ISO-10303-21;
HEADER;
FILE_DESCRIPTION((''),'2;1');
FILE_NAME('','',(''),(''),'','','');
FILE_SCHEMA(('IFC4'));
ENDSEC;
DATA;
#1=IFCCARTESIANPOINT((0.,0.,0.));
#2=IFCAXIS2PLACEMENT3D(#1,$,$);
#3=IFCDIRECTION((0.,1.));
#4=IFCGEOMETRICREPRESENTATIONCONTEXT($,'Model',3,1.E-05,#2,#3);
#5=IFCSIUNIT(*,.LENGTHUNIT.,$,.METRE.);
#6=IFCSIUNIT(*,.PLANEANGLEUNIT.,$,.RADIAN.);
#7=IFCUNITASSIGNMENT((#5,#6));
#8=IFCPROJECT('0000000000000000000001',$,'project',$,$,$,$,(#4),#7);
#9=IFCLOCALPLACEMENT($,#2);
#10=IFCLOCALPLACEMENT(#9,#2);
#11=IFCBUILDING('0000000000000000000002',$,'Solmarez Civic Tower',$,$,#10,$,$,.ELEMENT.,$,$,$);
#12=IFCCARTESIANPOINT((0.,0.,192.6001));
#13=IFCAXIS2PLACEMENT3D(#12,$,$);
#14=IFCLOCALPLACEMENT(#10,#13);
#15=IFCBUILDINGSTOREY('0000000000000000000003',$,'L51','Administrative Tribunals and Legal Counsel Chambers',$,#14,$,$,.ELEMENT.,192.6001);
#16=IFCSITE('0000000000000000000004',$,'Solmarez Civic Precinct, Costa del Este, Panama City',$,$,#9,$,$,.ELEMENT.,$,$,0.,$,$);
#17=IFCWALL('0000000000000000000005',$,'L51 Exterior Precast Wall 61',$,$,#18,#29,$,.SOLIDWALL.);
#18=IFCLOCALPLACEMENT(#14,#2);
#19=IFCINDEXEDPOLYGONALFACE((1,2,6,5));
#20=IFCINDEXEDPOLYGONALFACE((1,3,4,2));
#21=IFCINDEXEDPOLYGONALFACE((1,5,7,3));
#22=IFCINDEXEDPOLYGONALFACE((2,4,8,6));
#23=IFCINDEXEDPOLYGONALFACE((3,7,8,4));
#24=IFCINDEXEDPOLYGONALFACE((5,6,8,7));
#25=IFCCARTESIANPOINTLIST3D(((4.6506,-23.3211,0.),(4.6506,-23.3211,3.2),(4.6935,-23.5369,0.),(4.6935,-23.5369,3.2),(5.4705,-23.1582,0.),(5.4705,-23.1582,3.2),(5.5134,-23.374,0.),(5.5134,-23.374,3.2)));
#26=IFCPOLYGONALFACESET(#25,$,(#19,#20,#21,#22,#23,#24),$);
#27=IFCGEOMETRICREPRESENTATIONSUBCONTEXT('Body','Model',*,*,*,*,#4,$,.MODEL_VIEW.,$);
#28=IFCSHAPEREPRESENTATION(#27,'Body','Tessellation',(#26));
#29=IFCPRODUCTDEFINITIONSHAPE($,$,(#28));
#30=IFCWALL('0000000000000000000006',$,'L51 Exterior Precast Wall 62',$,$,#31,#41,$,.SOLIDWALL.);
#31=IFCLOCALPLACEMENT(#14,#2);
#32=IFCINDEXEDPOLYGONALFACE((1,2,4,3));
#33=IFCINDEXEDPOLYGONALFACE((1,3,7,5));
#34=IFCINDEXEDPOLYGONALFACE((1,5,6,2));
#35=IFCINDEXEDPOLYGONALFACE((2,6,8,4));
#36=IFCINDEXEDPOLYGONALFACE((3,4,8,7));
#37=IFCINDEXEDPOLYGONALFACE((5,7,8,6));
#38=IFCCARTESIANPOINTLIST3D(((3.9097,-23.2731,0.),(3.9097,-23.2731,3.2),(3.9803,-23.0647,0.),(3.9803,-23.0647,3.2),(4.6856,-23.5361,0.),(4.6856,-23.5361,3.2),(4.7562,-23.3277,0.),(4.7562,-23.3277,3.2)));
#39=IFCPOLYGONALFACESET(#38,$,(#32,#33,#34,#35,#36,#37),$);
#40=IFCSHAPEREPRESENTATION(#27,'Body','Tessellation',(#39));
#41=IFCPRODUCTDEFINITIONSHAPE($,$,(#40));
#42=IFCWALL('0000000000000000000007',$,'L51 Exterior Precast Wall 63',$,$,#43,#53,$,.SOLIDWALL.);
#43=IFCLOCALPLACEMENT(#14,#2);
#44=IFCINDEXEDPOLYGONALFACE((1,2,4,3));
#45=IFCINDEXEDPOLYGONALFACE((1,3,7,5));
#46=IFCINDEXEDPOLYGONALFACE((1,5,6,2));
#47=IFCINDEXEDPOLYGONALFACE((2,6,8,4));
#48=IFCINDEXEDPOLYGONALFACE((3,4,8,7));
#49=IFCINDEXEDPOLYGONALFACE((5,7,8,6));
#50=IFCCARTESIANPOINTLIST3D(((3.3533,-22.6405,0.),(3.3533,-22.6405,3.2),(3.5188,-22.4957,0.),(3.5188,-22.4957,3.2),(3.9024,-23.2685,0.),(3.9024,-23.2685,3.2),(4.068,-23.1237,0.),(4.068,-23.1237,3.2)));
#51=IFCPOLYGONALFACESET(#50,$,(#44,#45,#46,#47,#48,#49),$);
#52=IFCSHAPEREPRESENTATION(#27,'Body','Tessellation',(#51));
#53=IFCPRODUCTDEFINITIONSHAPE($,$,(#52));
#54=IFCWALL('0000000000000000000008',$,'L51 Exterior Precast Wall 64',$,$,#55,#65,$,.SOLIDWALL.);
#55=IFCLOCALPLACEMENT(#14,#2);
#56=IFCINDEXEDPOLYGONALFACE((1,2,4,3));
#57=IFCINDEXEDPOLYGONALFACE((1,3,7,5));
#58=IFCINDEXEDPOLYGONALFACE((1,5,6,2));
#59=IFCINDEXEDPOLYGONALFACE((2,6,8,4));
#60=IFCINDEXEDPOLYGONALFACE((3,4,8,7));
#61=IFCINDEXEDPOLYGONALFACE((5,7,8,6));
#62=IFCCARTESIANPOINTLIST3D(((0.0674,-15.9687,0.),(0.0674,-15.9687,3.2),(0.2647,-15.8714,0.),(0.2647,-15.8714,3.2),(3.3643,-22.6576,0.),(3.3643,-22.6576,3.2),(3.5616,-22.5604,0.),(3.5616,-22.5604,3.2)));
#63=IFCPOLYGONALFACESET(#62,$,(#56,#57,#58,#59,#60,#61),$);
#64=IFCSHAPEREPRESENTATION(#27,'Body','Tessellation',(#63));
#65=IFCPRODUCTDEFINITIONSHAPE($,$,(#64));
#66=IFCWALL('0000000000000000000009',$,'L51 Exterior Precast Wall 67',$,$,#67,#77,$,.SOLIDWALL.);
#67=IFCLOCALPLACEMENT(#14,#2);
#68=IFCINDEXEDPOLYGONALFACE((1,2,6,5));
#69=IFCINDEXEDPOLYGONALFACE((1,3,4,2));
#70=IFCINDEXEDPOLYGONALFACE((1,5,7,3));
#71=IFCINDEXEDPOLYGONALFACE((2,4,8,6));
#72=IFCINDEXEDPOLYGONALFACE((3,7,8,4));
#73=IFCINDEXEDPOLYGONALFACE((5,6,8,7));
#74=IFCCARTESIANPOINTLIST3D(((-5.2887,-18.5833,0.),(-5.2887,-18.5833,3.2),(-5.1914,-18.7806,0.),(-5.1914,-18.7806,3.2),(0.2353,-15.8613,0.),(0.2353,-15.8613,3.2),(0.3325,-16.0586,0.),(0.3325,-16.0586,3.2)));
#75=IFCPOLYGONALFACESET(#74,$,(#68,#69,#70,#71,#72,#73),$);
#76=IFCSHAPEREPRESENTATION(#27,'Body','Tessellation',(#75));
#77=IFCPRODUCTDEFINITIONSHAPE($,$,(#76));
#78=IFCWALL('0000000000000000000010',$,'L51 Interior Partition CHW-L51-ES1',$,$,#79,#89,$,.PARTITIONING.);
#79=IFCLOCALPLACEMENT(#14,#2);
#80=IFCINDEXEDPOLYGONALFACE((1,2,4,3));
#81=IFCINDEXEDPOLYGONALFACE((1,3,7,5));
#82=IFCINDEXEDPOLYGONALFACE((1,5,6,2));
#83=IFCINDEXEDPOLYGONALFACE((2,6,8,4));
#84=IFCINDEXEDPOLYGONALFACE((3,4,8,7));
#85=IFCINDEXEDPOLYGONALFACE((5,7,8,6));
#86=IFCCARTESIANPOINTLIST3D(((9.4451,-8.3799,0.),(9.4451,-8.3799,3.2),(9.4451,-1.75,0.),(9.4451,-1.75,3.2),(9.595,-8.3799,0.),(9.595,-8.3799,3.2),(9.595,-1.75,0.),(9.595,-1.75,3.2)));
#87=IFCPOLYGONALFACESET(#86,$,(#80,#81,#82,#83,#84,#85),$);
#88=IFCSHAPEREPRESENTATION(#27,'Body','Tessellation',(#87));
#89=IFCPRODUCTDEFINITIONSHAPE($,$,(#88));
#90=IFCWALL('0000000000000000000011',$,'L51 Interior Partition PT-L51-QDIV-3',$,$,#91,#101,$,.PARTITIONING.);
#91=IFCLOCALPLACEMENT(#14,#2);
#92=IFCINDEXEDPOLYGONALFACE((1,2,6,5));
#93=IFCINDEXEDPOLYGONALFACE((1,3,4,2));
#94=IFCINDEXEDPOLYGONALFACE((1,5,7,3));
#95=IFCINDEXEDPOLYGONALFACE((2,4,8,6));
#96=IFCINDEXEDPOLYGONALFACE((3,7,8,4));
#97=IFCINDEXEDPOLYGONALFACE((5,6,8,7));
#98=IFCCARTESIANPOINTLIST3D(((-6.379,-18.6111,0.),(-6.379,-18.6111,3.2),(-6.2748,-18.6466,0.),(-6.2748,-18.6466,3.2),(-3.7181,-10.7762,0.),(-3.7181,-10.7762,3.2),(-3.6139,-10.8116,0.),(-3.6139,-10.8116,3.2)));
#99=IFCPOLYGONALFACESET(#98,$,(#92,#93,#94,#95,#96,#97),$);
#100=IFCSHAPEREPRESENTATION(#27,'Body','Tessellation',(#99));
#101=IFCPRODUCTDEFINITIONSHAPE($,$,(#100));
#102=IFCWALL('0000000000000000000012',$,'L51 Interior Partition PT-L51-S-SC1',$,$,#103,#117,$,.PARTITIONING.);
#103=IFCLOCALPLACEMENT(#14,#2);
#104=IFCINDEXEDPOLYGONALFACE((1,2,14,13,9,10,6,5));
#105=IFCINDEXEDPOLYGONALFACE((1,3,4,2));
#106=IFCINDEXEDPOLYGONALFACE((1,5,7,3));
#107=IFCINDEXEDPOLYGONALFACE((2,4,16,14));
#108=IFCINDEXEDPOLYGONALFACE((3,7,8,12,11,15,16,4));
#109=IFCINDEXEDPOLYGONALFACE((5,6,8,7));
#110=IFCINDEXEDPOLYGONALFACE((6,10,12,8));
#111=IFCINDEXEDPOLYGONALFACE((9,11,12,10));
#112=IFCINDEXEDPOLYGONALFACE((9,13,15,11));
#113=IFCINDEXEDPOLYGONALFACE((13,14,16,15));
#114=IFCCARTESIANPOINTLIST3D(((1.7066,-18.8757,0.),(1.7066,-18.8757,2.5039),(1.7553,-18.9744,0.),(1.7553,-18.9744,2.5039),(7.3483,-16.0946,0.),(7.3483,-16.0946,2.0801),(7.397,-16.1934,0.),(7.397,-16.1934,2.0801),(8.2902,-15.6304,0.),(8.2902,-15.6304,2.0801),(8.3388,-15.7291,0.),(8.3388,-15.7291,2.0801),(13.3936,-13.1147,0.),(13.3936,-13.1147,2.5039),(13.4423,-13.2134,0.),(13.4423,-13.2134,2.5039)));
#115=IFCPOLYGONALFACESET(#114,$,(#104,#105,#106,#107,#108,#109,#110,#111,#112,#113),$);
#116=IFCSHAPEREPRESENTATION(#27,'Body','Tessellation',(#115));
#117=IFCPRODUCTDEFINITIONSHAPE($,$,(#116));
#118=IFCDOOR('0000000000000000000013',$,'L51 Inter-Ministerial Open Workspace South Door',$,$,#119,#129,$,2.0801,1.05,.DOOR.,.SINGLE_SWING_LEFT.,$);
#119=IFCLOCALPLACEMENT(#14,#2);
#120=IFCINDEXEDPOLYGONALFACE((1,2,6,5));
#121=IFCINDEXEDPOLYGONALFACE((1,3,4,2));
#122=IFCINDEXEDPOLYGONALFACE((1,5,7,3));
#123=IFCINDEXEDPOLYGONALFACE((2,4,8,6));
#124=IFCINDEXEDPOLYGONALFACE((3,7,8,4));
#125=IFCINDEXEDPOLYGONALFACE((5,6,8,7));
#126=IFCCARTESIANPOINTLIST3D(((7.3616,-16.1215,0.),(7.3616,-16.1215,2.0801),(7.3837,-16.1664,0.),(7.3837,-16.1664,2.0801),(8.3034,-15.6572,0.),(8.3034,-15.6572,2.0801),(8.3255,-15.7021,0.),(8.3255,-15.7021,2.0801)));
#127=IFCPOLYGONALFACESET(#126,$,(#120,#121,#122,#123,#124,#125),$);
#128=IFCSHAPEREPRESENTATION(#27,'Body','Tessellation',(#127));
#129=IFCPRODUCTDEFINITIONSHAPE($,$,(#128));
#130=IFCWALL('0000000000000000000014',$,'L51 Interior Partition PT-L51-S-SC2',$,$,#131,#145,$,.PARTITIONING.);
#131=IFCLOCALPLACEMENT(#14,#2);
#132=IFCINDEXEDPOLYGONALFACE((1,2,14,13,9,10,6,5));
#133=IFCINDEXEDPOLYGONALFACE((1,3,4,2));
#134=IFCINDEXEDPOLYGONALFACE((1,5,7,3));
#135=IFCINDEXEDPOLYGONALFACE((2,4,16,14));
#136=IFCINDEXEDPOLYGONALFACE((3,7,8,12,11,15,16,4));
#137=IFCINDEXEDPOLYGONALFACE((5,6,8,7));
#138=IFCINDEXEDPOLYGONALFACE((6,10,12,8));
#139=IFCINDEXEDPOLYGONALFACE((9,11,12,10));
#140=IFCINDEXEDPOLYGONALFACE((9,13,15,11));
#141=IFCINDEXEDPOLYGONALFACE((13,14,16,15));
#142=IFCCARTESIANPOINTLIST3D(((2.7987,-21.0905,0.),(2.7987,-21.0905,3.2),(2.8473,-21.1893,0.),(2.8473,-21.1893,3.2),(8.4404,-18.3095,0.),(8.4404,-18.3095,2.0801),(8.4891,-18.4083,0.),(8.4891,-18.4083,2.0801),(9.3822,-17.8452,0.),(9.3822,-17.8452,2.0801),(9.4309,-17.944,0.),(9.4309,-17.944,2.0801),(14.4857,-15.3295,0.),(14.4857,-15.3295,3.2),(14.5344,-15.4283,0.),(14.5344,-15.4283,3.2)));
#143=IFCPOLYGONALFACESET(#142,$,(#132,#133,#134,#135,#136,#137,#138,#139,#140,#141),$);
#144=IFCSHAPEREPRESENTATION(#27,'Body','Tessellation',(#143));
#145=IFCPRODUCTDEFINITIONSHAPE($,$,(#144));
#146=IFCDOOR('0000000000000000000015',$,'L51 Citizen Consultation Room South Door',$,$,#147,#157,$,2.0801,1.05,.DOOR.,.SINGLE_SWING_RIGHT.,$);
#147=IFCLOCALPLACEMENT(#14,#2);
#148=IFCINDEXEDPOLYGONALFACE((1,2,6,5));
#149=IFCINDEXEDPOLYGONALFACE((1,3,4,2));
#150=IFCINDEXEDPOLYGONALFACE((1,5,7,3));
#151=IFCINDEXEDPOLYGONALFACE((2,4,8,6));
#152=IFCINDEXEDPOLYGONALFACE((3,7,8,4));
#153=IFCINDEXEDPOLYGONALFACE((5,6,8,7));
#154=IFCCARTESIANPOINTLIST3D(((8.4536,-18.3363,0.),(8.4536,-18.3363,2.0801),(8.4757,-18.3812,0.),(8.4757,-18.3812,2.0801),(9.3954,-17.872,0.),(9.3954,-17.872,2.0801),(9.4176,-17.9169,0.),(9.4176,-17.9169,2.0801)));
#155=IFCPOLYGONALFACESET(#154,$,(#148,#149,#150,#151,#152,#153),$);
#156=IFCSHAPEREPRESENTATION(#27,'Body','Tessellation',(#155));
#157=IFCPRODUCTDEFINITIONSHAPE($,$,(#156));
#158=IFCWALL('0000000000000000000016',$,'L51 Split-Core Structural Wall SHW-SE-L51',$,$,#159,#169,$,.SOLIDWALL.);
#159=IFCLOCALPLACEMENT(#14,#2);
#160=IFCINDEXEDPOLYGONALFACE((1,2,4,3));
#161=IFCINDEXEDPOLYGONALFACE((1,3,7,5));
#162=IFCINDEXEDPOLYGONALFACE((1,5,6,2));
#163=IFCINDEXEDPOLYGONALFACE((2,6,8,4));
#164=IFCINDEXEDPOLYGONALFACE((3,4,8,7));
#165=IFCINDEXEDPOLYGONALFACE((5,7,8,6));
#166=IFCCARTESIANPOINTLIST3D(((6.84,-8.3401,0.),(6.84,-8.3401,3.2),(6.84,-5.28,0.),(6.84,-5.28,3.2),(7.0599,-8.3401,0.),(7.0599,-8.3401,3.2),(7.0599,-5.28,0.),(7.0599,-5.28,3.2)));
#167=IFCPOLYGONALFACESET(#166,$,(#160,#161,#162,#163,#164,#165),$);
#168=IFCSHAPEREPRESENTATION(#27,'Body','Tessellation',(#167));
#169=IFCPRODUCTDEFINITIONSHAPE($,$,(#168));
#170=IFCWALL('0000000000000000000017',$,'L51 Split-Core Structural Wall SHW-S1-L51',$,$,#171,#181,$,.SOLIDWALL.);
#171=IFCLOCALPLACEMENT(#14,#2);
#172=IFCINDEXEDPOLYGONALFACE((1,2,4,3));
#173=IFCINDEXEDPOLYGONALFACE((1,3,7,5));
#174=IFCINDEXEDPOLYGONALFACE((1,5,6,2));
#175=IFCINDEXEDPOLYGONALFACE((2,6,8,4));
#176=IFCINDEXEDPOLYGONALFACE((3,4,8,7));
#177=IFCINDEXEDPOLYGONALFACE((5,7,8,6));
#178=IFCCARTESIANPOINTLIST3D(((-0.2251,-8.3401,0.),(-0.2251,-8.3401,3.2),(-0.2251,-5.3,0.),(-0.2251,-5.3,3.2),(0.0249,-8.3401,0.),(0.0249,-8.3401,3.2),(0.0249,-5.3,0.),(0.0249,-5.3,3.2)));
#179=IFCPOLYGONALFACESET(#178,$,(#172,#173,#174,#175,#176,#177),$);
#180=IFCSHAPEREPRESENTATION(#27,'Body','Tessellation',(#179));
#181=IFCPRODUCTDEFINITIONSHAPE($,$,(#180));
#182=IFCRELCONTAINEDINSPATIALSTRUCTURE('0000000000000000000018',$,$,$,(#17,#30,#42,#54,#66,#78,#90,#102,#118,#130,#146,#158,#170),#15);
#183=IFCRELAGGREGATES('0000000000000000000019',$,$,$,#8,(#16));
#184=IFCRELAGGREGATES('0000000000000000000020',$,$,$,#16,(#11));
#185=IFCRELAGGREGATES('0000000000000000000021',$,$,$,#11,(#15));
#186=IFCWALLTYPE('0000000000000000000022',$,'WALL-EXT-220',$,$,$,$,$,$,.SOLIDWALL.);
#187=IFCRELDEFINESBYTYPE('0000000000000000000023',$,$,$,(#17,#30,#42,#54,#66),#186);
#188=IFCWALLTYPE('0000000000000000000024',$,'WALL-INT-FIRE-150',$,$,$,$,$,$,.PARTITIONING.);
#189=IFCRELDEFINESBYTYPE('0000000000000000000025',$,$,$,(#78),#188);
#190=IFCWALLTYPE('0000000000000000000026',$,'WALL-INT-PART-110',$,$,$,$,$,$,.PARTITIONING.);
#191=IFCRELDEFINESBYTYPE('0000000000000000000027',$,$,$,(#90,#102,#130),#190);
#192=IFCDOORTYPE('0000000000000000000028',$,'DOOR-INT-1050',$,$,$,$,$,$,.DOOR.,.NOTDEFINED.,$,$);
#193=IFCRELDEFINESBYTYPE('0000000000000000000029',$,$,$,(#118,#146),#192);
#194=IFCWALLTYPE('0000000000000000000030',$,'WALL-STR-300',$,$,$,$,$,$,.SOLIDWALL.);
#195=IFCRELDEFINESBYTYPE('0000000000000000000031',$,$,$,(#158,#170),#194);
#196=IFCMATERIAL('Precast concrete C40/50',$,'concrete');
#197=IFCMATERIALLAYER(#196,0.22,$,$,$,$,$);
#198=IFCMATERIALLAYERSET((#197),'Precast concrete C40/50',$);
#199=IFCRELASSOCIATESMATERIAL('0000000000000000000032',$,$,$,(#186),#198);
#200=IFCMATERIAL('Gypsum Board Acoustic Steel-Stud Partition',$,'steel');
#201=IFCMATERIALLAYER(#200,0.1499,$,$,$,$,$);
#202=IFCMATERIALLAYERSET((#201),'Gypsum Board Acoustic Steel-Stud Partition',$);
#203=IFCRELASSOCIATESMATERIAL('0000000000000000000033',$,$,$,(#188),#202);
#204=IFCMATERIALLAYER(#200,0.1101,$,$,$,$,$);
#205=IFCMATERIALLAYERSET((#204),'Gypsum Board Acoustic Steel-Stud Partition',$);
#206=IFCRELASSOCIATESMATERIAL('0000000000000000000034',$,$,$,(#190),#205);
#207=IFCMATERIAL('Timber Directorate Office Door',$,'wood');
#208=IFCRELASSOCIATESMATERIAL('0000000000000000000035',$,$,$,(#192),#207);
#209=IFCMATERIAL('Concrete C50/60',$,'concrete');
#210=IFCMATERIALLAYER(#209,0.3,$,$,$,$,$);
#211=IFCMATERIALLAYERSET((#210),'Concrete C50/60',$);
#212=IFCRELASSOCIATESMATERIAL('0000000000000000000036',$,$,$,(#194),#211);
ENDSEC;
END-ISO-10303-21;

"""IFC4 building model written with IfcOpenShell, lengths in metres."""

from ifc_helpers import new_model, si_unit, direction, frame, frame_2d, origin, place, context, subcontext, project, spatial, rectangle, extrude, material, layer, layer_set, type_object, element, fill, save


model = new_model("IFC4")

# Units and contexts
model_context = context("Model", 3, precision=1e-05, world=origin(), true_north=direction((0.0, 1.0)))
body_context = subcontext(model_context, "Body", "Model", "MODEL_VIEW")
ifc_project = project(units=[si_unit("LENGTHUNIT", "METRE"), si_unit("PLANEANGLEUNIT", "RADIAN")], contexts=[model_context])

# Site, building, storey
site_placement = place(None, origin())
site = spatial("IfcSite", under=ifc_project, at=site_placement, Name="Solmarez Civic Precinct, Costa del Este, Panama City", CompositionType="ELEMENT", RefElevation=0.0)
building_placement = place(site_placement, origin())
building = spatial("IfcBuilding", under=site, at=building_placement, Name="Solmarez Civic Tower", CompositionType="ELEMENT")
storey_placement = place(building_placement, frame((0.0, 0.0, 192.6001)))
storey = spatial("IfcBuildingStorey", under=building, at=storey_placement, Name="L51", Description="Administrative Tribunals and Legal Counsel Chambers", CompositionType="ELEMENT", Elevation=192.6001)

# Shared definitions
ifc_material_1 = material(Name="Concrete C50/60", Category="concrete")

# Shared definitions
ifc_material_2 = material(Name="Precast concrete C40/50", Category="concrete")
ifc_layer_1 = layer(ifc_material_2, 0.22)
ifc_layer_set_1 = layer_set([ifc_layer_1], Name="Precast concrete C40/50")
wall_type_1 = type_object("IfcWallType", Name="WALL-EXT-220", PredefinedType="SOLIDWALL", material=ifc_layer_set_1)

# Walls
wall_1_placement = place(storey_placement, frame((5.4919, -23.2661, 0.0), z_axis=(0.0, 0.0, 1.0), x_axis=(-0.980838, -0.194824, 0.0)))
element("IfcWall", 1, at=wall_1_placement, inside=storey, type_object=wall_type_1, Name="L51 Exterior Precast Wall 61", PredefinedType="SOLIDWALL", context=body_context, shape_type="SweptSolid", body=[
    extrude(rectangle(XDim=0.8359, YDim=0.22, at=frame_2d((0.418, 0.0))), origin(), (0.0, 0.0, 1.0), 3.2),
])
wall_2_placement = place(storey_placement, frame((4.7209, -23.4319, 0.0), z_axis=(0.0, 0.0, 1.0), x_axis=(-0.947092, 0.320962, 0.0)))
element("IfcWall", 2, at=wall_2_placement, inside=storey, type_object=wall_type_1, Name="L51 Exterior Precast Wall 62", PredefinedType="SOLIDWALL", context=body_context, shape_type="SweptSolid", body=[
    extrude(rectangle(XDim=0.8193, YDim=0.22, at=frame_2d((0.4097, 0.0))), origin(), (0.0, 0.0, 1.0), 3.2),
])
wall_3_placement = place(storey_placement, frame((3.9851, -23.196, 0.0), z_axis=(0.0, 0.0, 1.0), x_axis=(-0.658256, 0.752794, 0.0)))
element("IfcWall", 3, at=wall_3_placement, inside=storey, type_object=wall_type_1, Name="L51 Exterior Precast Wall 63", PredefinedType="SOLIDWALL", context=body_context, shape_type="SweptSolid", body=[
    extrude(rectangle(XDim=0.8342, YDim=0.22, at=frame_2d((0.417, 0.0))), origin(), (0.0, 0.0, 1.0), 3.2),
])
wall_4_placement = place(storey_placement, frame((3.4629, -22.6089, 0.0), z_axis=(0.0, 0.0, 1.0), x_axis=(-0.442099, 0.896966, 0.0)))
element("IfcWall", 4, at=wall_4_placement, inside=storey, type_object=wall_type_1, Name="L51 Exterior Precast Wall 64", PredefinedType="SOLIDWALL", context=body_context, shape_type="SweptSolid", body=[
    extrude(rectangle(XDim=7.4573, YDim=0.22, at=frame_2d((3.7285, 0.0))), origin(), (0.0, 0.0, 1.0), 3.2),
])
wall_5_placement = place(storey_placement, frame((0.2839, -15.96, 0.0), z_axis=(0.0, 0.0, 1.0), x_axis=(-0.897013, -0.442005, 0.0)))
element("IfcWall", 5, at=wall_5_placement, inside=storey, type_object=wall_type_1, Name="L51 Exterior Precast Wall 67", PredefinedType="SOLIDWALL", context=body_context, shape_type="SweptSolid", body=[
    extrude(rectangle(XDim=6.1582, YDim=0.22, at=frame_2d((3.0791, 0.0))), origin(), (0.0, 0.0, 1.0), 3.2),
])
ifc_material_3 = material(Name="Gypsum Board Acoustic Steel-Stud Partition", Category="steel")
ifc_layer_2 = layer(ifc_material_3, 0.1499)
ifc_layer_set_2 = layer_set([ifc_layer_2], Name="Gypsum Board Acoustic Steel-Stud Partition")
wall_type_2 = type_object("IfcWallType", Name="WALL-INT-FIRE-150", PredefinedType="PARTITIONING", material=ifc_layer_set_2)
wall_6_placement = place(storey_placement, frame((9.52, -8.3799, 0.0), z_axis=(0.0, 0.0, 1.0), x_axis=(0.0, 1.0, 0.0)))
element("IfcWall", 6, at=wall_6_placement, inside=storey, type_object=wall_type_2, Name="L51 Interior Partition CHW-L51-ES1", PredefinedType="PARTITIONING", context=body_context, shape_type="SweptSolid", body=[
    extrude(rectangle(XDim=6.6299, YDim=0.1499, at=frame_2d((3.3149, 0.0))), origin(), (0.0, 0.0, 1.0), 3.2),
])
ifc_layer_3 = layer(ifc_material_3, 0.1101)
ifc_layer_set_3 = layer_set([ifc_layer_3], Name="Gypsum Board Acoustic Steel-Stud Partition")
wall_type_3 = type_object("IfcWallType", Name="WALL-INT-PART-110", PredefinedType="PARTITIONING", material=ifc_layer_set_3)
wall_7_placement = place(storey_placement, frame((-3.666, -10.7939, 0.0), z_axis=(0.0, 0.0, 1.0), x_axis=(-0.321578, -0.946883, 0.0)))
element("IfcWall", 7, at=wall_7_placement, inside=storey, type_object=wall_type_3, Name="L51 Interior Partition PT-L51-QDIV-3", PredefinedType="PARTITIONING", context=body_context, shape_type="SweptSolid", body=[
    extrude(rectangle(XDim=8.2744, YDim=0.1101, at=frame_2d((4.1372, 0.0))), origin(), (0.0, 0.0, 1.0), 3.2),
])

# Walls, openings, doors
wall_8_placement = place(storey_placement, frame((13.418, -13.1641, 0.0), z_axis=(0.0, 0.0, 1.0), x_axis=(-0.896946, -0.44214, 0.0)))
wall_8 = element("IfcWall", 8, at=wall_8_placement, inside=storey, type_object=wall_type_3, Name="L51 Interior Partition PT-L51-S-SC1", PredefinedType="PARTITIONING", context=body_context, shape_type="SweptSolid", body=[
    extrude(rectangle(XDim=13.0298, YDim=0.1101, at=frame_2d((6.5149, 0.0))), origin(), (0.0, 0.0, 1.0), 2.5039),
])
opening_1_placement = place(wall_8_placement, frame((5.6899, 0.0, 0.0)))
opening_1 = element("IfcOpeningElement", 9, at=opening_1_placement, cuts=wall_8, PredefinedType="OPENING", context=body_context, shape_type="SweptSolid", body=[
    extrude(rectangle(XDim=1.05, YDim=2.0801, at=frame_2d((0.5249, 1.04))), frame((0.0, 0.0649, 0.0), z_axis=(0.0, -1.0, 0.0), x_axis=(1.0, 0.0, 0.0)), (0.0, 0.0, 1.0), 0.1301),
])
ifc_material_4 = material(Name="Timber Directorate Office Door", Category="wood")
door_type = type_object("IfcDoorType", Name="DOOR-INT-1050", OperationType="NOTDEFINED", PredefinedType="DOOR", material=ifc_material_4)
door_1_placement = place(opening_1_placement, origin())
door_1 = element("IfcDoor", 10, at=door_1_placement, inside=storey, type_object=door_type, Name="L51 Inter-Ministerial Open Workspace South Door", OperationType="SINGLE_SWING_LEFT", OverallHeight=2.0801, OverallWidth=1.05, PredefinedType="DOOR", context=body_context, shape_type="SweptSolid", body=[
    extrude(rectangle(XDim=1.05, YDim=2.0801, at=frame_2d((0.5249, 1.04))), frame((0.0, 0.0249, 0.0), z_axis=(0.0, -1.0, 0.0), x_axis=(1.0, 0.0, 0.0)), (0.0, 0.0, 1.0), 0.05),
])
fill(opening_1, door_1)
wall_9_placement = place(storey_placement, frame((14.51, -15.3789, 0.0), z_axis=(0.0, 0.0, 1.0), x_axis=(-0.896946, -0.44214, 0.0)))
wall_9 = element("IfcWall", 11, at=wall_9_placement, inside=storey, type_object=wall_type_3, Name="L51 Interior Partition PT-L51-S-SC2", PredefinedType="PARTITIONING", context=body_context, shape_type="SweptSolid", body=[
    extrude(rectangle(XDim=13.0298, YDim=0.1101, at=frame_2d((6.5149, 0.0))), origin(), (0.0, 0.0, 1.0), 3.2),
])
opening_2_placement = place(wall_9_placement, frame((5.6899, 0.0, 0.0)))
opening_2 = element("IfcOpeningElement", 12, at=opening_2_placement, cuts=wall_9, PredefinedType="OPENING", context=body_context, shape_type="SweptSolid", body=[
    extrude(rectangle(XDim=1.05, YDim=2.0801, at=frame_2d((0.5249, 1.04))), frame((0.0, 0.0649, 0.0), z_axis=(0.0, -1.0, 0.0), x_axis=(1.0, 0.0, 0.0)), (0.0, 0.0, 1.0), 0.1301),
])
door_2_placement = place(opening_2_placement, origin())
door_2 = element("IfcDoor", 13, at=door_2_placement, inside=storey, type_object=door_type, Name="L51 Citizen Consultation Room South Door", OperationType="SINGLE_SWING_RIGHT", OverallHeight=2.0801, OverallWidth=1.05, PredefinedType="DOOR", context=body_context, shape_type="SweptSolid", body=[
    extrude(rectangle(XDim=1.05, YDim=2.0801, at=frame_2d((0.5249, 1.04))), frame((0.0, 0.0249, 0.0), z_axis=(0.0, -1.0, 0.0), x_axis=(1.0, 0.0, 0.0)), (0.0, 0.0, 1.0), 0.05),
])
fill(opening_2, door_2)

# Walls
ifc_layer_4 = layer(ifc_material_1, 0.3)
ifc_layer_set_4 = layer_set([ifc_layer_4], Name="Concrete C50/60")
wall_type_4 = type_object("IfcWallType", Name="WALL-STR-300", PredefinedType="SOLIDWALL", material=ifc_layer_set_4)
wall_10_placement = place(storey_placement, frame((6.95, -8.3401, 0.0), z_axis=(0.0, 0.0, 1.0), x_axis=(0.0, 1.0, 0.0)))
element("IfcWall", 14, at=wall_10_placement, inside=storey, type_object=wall_type_4, Name="L51 Split-Core Structural Wall SHW-SE-L51", PredefinedType="SOLIDWALL", context=body_context, shape_type="SweptSolid", body=[
    extrude(rectangle(XDim=3.0601, YDim=0.22, at=frame_2d((1.53, 0.0))), origin(), (0.0, 0.0, 1.0), 3.2),
])
for number, where, z_axis, x_axis, name in (
    (15, (-0.1001, -8.3401, 0.0), (0.0, 0.0, 1.0), (0.0, 1.0, 0.0), "L51 Split-Core Structural Wall SHW-S1-L51"),
):
    element("IfcWall", number, at=place(storey_placement, frame(where, z_axis=z_axis, x_axis=x_axis)), inside=storey, type_object=wall_type_4, Name=name, PredefinedType="SOLIDWALL", context=body_context, shape_type="SweptSolid", body=[
        extrude(rectangle(XDim=3.04, YDim=0.25, at=frame_2d((1.52, 0.0))), origin(), (0.0, 0.0, 1.0), 3.2),
    ])

save(model, "model.ifc")
